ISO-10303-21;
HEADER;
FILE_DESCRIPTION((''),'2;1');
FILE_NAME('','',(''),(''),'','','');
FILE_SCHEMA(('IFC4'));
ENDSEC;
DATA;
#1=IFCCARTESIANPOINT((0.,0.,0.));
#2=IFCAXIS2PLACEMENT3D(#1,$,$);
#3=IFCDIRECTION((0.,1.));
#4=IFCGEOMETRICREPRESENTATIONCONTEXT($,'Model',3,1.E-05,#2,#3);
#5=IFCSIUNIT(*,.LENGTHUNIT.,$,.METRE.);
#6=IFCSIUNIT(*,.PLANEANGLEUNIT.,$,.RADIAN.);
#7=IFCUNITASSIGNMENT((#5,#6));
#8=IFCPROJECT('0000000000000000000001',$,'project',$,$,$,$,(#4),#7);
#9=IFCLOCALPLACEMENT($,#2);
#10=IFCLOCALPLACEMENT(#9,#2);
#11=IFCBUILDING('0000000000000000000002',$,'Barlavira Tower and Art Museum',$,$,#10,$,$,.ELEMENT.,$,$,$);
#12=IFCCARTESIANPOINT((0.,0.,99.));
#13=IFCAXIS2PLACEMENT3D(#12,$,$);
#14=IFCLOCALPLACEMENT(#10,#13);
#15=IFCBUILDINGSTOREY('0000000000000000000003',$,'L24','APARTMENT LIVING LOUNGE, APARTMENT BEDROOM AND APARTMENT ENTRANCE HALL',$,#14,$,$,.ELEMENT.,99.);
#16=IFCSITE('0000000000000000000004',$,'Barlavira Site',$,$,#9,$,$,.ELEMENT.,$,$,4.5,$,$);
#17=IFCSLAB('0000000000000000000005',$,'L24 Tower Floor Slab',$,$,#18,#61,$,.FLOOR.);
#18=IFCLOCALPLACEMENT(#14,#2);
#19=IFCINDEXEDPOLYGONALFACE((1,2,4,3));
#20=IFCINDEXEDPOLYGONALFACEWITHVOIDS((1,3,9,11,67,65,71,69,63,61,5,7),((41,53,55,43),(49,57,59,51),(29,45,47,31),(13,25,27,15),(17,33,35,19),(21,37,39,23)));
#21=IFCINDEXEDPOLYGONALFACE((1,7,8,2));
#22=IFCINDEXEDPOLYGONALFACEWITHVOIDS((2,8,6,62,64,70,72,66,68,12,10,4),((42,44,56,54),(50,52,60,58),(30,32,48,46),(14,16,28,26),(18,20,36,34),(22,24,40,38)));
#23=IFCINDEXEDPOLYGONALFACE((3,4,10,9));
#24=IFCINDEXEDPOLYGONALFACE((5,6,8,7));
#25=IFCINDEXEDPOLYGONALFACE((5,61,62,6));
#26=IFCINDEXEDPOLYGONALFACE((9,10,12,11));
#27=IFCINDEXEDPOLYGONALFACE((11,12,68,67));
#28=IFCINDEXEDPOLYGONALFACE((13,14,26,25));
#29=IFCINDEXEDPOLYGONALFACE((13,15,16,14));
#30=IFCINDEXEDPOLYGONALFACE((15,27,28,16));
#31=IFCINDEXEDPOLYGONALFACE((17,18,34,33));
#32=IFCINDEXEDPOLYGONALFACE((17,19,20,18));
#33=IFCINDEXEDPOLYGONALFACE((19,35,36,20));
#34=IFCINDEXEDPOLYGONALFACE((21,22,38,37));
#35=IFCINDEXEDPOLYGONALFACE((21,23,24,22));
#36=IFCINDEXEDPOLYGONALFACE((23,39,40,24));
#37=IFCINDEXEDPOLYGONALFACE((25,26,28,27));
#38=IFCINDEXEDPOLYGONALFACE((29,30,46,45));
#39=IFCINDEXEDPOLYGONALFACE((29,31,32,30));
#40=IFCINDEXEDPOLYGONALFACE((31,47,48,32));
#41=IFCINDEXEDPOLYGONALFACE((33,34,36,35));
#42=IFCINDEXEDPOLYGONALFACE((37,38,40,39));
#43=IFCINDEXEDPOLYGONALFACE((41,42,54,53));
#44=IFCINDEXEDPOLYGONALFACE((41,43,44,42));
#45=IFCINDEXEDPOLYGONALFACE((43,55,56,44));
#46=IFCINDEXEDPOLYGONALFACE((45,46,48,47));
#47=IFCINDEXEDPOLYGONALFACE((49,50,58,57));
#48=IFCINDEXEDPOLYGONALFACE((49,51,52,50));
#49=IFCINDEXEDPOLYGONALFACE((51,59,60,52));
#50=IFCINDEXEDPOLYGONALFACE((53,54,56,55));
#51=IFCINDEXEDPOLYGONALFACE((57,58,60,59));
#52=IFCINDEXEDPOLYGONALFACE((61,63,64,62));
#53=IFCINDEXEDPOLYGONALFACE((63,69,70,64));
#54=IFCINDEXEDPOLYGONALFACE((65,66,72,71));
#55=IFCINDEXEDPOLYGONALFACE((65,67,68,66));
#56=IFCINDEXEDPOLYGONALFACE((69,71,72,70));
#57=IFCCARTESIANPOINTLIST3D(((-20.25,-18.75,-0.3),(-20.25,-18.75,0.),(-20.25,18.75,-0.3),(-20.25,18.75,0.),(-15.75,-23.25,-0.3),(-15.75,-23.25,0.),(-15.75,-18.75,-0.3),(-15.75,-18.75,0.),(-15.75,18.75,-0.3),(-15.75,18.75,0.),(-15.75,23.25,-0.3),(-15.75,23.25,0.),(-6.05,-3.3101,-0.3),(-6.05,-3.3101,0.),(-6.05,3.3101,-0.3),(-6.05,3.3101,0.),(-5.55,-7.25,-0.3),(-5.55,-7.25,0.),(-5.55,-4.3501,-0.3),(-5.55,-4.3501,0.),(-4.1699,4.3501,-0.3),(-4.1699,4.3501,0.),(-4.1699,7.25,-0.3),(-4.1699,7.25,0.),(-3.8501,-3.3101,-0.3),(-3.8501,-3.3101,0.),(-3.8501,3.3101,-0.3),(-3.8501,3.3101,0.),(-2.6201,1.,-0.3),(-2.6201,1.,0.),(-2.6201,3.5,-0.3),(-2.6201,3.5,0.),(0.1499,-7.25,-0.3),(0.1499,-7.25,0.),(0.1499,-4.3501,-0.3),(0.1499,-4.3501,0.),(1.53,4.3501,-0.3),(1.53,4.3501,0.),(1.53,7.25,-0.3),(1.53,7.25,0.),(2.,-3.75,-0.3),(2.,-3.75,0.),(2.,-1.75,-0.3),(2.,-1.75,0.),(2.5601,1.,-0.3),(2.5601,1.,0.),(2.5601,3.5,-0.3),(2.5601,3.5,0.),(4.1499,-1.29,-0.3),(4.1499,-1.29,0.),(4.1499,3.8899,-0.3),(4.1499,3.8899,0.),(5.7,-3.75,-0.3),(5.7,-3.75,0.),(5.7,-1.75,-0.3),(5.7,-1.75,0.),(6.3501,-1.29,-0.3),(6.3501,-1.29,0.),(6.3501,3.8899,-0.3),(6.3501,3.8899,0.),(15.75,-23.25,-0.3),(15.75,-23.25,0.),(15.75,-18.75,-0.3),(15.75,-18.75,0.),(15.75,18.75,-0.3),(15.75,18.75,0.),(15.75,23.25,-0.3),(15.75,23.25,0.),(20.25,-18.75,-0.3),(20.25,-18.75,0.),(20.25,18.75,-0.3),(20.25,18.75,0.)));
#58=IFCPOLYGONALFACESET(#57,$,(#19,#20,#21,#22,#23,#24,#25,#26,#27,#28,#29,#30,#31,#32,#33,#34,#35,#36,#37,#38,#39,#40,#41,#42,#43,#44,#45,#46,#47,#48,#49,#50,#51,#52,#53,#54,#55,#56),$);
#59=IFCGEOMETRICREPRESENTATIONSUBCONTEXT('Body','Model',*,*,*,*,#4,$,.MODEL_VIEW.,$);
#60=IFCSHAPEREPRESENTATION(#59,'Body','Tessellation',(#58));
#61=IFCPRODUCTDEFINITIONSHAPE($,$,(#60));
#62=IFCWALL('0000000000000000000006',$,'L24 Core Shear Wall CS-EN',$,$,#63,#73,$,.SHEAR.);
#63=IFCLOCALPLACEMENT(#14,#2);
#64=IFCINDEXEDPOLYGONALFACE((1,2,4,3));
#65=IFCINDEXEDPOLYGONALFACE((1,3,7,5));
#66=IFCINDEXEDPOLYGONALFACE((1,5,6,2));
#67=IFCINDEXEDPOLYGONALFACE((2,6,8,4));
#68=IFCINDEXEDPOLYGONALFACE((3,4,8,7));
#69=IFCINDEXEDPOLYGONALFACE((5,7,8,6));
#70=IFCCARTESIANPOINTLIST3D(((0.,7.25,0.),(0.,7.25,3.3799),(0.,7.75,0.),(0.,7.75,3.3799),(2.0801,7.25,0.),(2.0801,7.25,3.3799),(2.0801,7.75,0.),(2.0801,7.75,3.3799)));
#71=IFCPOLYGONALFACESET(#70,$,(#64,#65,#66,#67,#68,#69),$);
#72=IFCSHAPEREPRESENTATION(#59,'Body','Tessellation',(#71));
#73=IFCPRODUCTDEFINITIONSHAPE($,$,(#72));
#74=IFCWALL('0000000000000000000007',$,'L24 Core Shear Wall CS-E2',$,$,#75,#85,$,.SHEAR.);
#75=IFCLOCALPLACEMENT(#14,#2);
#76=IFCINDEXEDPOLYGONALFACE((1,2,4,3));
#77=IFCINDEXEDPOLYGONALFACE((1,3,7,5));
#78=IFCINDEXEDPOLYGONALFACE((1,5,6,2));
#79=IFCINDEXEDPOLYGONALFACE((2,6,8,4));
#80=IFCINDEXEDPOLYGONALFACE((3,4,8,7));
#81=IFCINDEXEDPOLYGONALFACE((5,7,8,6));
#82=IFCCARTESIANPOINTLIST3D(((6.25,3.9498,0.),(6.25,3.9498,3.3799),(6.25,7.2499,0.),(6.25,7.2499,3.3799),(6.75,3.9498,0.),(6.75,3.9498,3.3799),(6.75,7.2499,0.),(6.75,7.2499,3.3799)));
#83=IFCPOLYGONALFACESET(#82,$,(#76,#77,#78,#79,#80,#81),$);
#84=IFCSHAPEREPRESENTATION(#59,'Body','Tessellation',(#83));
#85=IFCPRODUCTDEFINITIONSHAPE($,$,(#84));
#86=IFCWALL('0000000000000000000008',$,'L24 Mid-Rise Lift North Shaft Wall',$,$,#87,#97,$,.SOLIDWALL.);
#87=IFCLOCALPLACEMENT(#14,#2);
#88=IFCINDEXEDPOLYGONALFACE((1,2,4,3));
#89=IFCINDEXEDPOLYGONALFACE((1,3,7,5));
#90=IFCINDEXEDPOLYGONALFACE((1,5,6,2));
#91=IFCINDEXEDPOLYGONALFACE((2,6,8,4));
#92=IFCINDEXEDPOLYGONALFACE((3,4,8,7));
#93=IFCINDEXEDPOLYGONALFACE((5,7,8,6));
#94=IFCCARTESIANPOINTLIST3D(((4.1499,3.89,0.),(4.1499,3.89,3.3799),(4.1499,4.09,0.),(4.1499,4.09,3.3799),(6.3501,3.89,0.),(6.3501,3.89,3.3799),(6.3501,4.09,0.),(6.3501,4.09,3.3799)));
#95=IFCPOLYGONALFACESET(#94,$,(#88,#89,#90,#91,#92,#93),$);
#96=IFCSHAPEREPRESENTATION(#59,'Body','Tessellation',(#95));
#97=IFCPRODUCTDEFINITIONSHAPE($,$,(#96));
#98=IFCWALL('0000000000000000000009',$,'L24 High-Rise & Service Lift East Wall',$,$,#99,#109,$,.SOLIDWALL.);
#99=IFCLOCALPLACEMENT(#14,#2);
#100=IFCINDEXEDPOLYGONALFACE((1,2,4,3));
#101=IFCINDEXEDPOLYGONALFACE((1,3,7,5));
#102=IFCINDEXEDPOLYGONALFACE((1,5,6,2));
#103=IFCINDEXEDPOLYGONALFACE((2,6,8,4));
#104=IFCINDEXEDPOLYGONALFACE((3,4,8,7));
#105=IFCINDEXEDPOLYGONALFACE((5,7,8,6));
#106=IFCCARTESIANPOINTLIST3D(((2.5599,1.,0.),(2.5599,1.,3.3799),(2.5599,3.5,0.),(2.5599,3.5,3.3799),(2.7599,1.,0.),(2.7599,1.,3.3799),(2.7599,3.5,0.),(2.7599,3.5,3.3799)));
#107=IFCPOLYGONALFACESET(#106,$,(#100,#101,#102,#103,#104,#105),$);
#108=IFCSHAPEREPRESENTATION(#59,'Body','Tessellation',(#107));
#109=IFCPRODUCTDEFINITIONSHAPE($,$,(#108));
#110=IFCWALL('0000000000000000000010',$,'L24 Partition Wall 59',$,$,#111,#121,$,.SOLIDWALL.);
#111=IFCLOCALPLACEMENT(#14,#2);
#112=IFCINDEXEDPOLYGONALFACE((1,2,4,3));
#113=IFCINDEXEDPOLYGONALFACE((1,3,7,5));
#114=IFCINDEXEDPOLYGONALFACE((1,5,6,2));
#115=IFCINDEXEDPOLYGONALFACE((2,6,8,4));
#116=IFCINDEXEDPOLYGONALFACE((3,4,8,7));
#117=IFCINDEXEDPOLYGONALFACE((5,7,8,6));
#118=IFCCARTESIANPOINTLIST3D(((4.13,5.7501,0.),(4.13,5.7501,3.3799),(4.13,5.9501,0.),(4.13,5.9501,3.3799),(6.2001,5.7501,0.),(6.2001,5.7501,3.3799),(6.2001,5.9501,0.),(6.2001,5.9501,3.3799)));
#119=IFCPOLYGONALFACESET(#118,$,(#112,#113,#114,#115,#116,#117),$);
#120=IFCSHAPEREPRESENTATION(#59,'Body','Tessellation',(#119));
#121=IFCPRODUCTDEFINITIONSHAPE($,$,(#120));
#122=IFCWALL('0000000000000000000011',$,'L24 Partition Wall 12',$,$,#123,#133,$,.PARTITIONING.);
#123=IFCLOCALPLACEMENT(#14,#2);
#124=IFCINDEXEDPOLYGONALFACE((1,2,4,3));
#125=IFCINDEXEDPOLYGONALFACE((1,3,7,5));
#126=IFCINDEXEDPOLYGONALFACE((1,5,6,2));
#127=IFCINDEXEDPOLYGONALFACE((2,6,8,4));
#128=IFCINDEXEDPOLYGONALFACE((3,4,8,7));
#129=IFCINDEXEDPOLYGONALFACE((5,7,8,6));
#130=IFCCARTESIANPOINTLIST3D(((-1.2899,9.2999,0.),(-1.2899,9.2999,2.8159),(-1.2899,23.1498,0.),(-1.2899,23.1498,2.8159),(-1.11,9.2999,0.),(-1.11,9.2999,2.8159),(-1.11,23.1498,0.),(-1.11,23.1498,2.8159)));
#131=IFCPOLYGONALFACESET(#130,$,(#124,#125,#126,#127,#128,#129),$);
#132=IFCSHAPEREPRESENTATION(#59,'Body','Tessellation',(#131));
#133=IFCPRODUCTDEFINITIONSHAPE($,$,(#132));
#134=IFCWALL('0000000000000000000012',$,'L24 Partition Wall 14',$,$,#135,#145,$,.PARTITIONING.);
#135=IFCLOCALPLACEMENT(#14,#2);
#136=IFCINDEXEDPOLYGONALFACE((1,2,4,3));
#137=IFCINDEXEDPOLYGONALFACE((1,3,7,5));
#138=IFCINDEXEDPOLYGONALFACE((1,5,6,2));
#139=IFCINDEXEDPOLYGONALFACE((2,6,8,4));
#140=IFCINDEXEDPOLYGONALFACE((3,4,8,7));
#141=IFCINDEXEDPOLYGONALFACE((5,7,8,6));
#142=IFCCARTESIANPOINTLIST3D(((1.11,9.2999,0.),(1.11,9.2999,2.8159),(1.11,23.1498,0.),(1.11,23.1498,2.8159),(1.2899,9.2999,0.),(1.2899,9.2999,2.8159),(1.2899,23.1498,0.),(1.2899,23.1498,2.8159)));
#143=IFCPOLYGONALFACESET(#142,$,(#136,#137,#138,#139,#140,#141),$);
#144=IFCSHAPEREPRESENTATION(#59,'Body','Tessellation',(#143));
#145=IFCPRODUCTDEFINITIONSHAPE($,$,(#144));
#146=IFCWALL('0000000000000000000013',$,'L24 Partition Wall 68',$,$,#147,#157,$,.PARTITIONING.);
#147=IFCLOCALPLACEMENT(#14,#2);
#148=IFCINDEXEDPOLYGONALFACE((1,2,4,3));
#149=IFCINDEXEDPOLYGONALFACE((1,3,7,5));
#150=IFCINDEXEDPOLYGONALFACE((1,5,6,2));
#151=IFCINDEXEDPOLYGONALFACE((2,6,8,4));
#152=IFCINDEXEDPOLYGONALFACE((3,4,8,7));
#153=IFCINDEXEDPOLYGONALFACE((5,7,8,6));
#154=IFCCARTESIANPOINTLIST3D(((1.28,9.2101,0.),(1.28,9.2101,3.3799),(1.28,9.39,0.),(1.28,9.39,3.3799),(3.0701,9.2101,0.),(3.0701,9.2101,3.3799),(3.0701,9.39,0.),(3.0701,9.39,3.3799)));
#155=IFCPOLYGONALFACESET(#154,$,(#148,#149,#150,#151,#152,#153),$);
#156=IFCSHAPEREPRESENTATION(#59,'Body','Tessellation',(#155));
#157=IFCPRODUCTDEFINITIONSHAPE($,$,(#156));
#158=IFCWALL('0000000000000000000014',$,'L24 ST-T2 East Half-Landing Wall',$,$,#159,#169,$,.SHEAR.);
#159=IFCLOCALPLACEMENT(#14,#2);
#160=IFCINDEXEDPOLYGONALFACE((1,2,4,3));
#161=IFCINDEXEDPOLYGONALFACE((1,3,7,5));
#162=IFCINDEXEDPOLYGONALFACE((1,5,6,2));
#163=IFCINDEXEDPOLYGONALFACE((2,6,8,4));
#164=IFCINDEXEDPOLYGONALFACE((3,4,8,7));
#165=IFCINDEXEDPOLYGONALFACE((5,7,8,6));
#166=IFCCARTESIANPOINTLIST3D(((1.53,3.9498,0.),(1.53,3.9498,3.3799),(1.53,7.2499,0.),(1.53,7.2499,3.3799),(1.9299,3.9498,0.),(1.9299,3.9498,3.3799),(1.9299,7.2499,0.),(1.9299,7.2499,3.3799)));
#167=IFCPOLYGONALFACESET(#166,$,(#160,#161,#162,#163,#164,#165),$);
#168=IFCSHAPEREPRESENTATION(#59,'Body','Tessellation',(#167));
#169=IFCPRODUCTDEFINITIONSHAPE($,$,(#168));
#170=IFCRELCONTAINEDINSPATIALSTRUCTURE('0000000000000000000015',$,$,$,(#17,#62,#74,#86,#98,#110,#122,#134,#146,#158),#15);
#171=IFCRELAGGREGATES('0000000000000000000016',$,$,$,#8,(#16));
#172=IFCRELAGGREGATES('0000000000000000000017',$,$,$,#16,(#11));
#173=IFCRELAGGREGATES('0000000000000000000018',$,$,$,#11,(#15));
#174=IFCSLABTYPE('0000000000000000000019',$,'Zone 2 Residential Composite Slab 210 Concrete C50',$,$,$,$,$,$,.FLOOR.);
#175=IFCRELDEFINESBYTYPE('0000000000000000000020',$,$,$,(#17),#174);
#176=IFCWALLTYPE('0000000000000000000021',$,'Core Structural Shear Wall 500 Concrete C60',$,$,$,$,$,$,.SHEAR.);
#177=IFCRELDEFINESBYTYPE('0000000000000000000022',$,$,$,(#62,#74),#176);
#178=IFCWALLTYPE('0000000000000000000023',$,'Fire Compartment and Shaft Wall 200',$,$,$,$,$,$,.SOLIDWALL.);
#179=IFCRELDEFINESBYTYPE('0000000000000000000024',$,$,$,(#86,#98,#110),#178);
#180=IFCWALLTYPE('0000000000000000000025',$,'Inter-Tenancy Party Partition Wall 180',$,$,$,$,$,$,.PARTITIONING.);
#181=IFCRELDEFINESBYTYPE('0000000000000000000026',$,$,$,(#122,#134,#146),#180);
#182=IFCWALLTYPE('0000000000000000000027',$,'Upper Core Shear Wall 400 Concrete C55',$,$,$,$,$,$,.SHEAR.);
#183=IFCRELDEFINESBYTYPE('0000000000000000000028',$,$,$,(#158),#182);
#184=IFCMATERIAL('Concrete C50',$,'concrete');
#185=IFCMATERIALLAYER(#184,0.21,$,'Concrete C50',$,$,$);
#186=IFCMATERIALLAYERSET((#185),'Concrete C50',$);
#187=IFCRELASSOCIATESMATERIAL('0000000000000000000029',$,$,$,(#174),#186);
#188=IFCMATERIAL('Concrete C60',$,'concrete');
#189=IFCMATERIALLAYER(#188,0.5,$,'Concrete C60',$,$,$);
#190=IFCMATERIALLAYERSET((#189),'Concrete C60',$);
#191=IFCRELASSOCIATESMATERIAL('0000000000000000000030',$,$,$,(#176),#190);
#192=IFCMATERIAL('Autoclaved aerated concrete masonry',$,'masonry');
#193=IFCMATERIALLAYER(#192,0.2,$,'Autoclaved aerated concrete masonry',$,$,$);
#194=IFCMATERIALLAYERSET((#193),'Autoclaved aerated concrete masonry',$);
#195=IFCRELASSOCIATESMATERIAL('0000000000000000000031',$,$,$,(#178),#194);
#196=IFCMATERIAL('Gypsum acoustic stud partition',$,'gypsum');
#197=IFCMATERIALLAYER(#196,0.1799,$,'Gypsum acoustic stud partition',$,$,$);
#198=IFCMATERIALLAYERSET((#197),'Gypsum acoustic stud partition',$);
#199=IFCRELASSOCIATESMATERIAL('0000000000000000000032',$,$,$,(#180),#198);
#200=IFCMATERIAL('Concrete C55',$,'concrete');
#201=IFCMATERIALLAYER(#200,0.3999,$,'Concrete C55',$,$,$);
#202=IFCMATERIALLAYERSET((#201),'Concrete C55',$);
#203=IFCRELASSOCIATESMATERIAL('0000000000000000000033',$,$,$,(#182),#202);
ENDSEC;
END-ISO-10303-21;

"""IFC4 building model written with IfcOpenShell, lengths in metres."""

from ifc_helpers import new_model, si_unit, direction, frame, frame_2d, origin, place, context, subcontext, project, spatial, polyline, rectangle, outline, extrude, material, layer, layer_set, type_object, element, save


model = new_model("IFC4")

# Units and contexts
model_context = context("Model", 3, precision=1e-05, world=origin(), true_north=direction((0.0, 1.0)))
body_context = subcontext(model_context, "Body", "Model", "MODEL_VIEW")
ifc_project = project(units=[si_unit("LENGTHUNIT", "METRE"), si_unit("PLANEANGLEUNIT", "RADIAN")], contexts=[model_context])

# Site, building, storey
site_placement = place(None, origin())
site = spatial("IfcSite", under=ifc_project, at=site_placement, Name="Barlavira Site", CompositionType="ELEMENT", RefElevation=4.5)
building_placement = place(site_placement, origin())
building = spatial("IfcBuilding", under=site, at=building_placement, Name="Barlavira Tower and Art Museum", CompositionType="ELEMENT")
storey_placement = place(building_placement, frame((0.0, 0.0, 99.0)))
storey = spatial("IfcBuildingStorey", under=building, at=storey_placement, Name="L24", Description="APARTMENT LIVING LOUNGE, APARTMENT BEDROOM AND APARTMENT ENTRANCE HALL", CompositionType="ELEMENT", Elevation=99.0)

# Shared definitions
ifc_material_1 = material(Name="Concrete C50", Category="concrete")

# Slab
ifc_layer_1 = layer(ifc_material_1, 0.21, Name="Concrete C50")
ifc_layer_set_1 = layer_set([ifc_layer_1], Name="Concrete C50")
slab_type_1 = type_object("IfcSlabType", Name="Zone 2 Residential Composite Slab 210 Concrete C50", PredefinedType="FLOOR", material=ifc_layer_set_1)
slab_1_placement = place(storey_placement, frame((0.0, 0.0, -0.3)))
element("IfcSlab", 1, at=slab_1_placement, inside=storey, type_object=slab_type_1, Name="L24 Tower Floor Slab", PredefinedType="FLOOR", context=body_context, shape_type="SweptSolid", body=[
    extrude(outline(polyline([(-15.75, -23.25), (15.75, -23.25), (15.75, -18.75), (20.25, -18.75), (20.25, 18.75), (15.75, 18.75), (15.75, 23.25), (-15.75, 23.25), (-15.75, 18.75), (-20.25, 18.75), (-20.25, -18.75), (-15.75, -18.75), (-15.75, -23.25)]), holes=[polyline([(0.1499, -4.3501), (-5.55, -4.3501), (-5.55, -7.25), (0.1499, -7.25), (0.1499, -4.3501)]), polyline([(-4.1699, 4.3501), (1.53, 4.3501), (1.53, 7.25), (-4.1699, 7.25), (-4.1699, 4.3501)]), polyline([(-6.05, -3.3101), (-3.8501, -3.3101), (-3.8501, 3.3101), (-6.05, 3.3101), (-6.05, -3.3101)]), polyline([(4.1499, -1.29), (6.3501, -1.29), (6.3501, 3.8899), (4.1499, 3.8899), (4.1499, -1.29)]), polyline([(-2.6201, 1.0), (2.5601, 1.0), (2.5601, 3.5), (-2.6201, 3.5), (-2.6201, 1.0)]), polyline([(2.0, -3.75), (5.7, -3.75), (5.7, -1.75), (2.0, -1.75), (2.0, -3.75)])]), origin(), (0.0, 0.0, 1.0), 0.3),
])

# Walls
ifc_material_2 = material(Name="Concrete C60", Category="concrete")
ifc_layer_2 = layer(ifc_material_2, 0.5, Name="Concrete C60")
ifc_layer_set_2 = layer_set([ifc_layer_2], Name="Concrete C60")
wall_type_1 = type_object("IfcWallType", Name="Core Structural Shear Wall 500 Concrete C60", PredefinedType="SHEAR", material=ifc_layer_set_2)
wall_1_placement = place(storey_placement, frame((0.0, 7.5, 0.0), z_axis=(0.0, 0.0, 1.0), x_axis=(1.0, 0.0, 0.0)))
element("IfcWall", 2, at=wall_1_placement, inside=storey, type_object=wall_type_1, Name="L24 Core Shear Wall CS-EN", PredefinedType="SHEAR", context=body_context, shape_type="SweptSolid", body=[
    extrude(rectangle(XDim=2.0801, YDim=0.5, at=frame_2d((1.04, 0.0))), origin(), (0.0, 0.0, 1.0), 3.3799),
])
wall_2_placement = place(storey_placement, frame((6.5, 3.95, 0.0), z_axis=(0.0, 0.0, 1.0), x_axis=(0.0, 1.0, 0.0)))
element("IfcWall", 3, at=wall_2_placement, inside=storey, type_object=wall_type_1, Name="L24 Core Shear Wall CS-E2", PredefinedType="SHEAR", context=body_context, shape_type="SweptSolid", body=[
    extrude(rectangle(XDim=3.3, YDim=0.5, at=frame_2d((1.6499, 0.0))), origin(), (0.0, 0.0, 1.0), 3.3799),
])
ifc_material_3 = material(Name="Autoclaved aerated concrete masonry", Category="masonry")
ifc_layer_3 = layer(ifc_material_3, 0.2, Name="Autoclaved aerated concrete masonry")
ifc_layer_set_3 = layer_set([ifc_layer_3], Name="Autoclaved aerated concrete masonry")
wall_type_2 = type_object("IfcWallType", Name="Fire Compartment and Shaft Wall 200", PredefinedType="SOLIDWALL", material=ifc_layer_set_3)
wall_3_placement = place(storey_placement, frame((4.1499, 3.99, 0.0), z_axis=(0.0, 0.0, 1.0), x_axis=(1.0, 0.0, 0.0)))
element("IfcWall", 4, at=wall_3_placement, inside=storey, type_object=wall_type_2, Name="L24 Mid-Rise Lift North Shaft Wall", PredefinedType="SOLIDWALL", context=body_context, shape_type="SweptSolid", body=[
    extrude(rectangle(XDim=2.2002, YDim=0.2, at=frame_2d((1.1001, 0.0))), origin(), (0.0, 0.0, 1.0), 3.3799),
])
wall_4_placement = place(storey_placement, frame((2.6599, 1.0, 0.0), z_axis=(0.0, 0.0, 1.0), x_axis=(0.0, 1.0, 0.0)))
element("IfcWall", 5, at=wall_4_placement, inside=storey, type_object=wall_type_2, Name="L24 High-Rise & Service Lift East Wall", PredefinedType="SOLIDWALL", context=body_context, shape_type="SweptSolid", body=[
    extrude(rectangle(XDim=2.5, YDim=0.2, at=frame_2d((1.25, 0.0))), origin(), (0.0, 0.0, 1.0), 3.3799),
])

# Walls
wall_5_placement = place(storey_placement, frame((4.1299, 5.8501, 0.0), z_axis=(0.0, 0.0, 1.0), x_axis=(1.0, 0.0, 0.0)))
element("IfcWall", 6, at=wall_5_placement, inside=storey, type_object=wall_type_2, Name="L24 Partition Wall 59", PredefinedType="SOLIDWALL", context=body_context, shape_type="SweptSolid", body=[
    extrude(rectangle(XDim=2.0701, YDim=0.2, at=frame_2d((1.0352, 0.0))), origin(), (0.0, 0.0, 1.0), 3.3799),
])
ifc_material_4 = material(Name="Gypsum acoustic stud partition", Category="gypsum")
ifc_layer_4 = layer(ifc_material_4, 0.1799, Name="Gypsum acoustic stud partition")
ifc_layer_set_4 = layer_set([ifc_layer_4], Name="Gypsum acoustic stud partition")
wall_type_3 = type_object("IfcWallType", Name="Inter-Tenancy Party Partition Wall 180", PredefinedType="PARTITIONING", material=ifc_layer_set_4)
for number, where, z_axis, x_axis, name in (
    (7, (-1.2, 9.3, 0.0), (0.0, 0.0, 1.0), (0.0, 1.0, 0.0), "L24 Partition Wall 12"),
    (8, (1.2, 9.3, 0.0), (0.0, 0.0, 1.0), (0.0, 1.0, 0.0), "L24 Partition Wall 14"),
):
    element("IfcWall", number, at=place(storey_placement, frame(where, z_axis=z_axis, x_axis=x_axis)), inside=storey, type_object=wall_type_3, Name=name, PredefinedType="PARTITIONING", context=body_context, shape_type="SweptSolid", body=[
        extrude(rectangle(XDim=13.8499, YDim=0.1799, at=frame_2d((6.9248, 0.0))), origin(), (0.0, 0.0, 1.0), 2.8159),
    ])
wall_6_placement = place(storey_placement, frame((1.28, 9.3, 0.0), z_axis=(0.0, 0.0, 1.0), x_axis=(1.0, 0.0, 0.0)))
element("IfcWall", 9, at=wall_6_placement, inside=storey, type_object=wall_type_3, Name="L24 Partition Wall 68", PredefinedType="PARTITIONING", context=body_context, shape_type="SweptSolid", body=[
    extrude(rectangle(XDim=1.79, YDim=0.1799, at=frame_2d((0.895, 0.0))), origin(), (0.0, 0.0, 1.0), 3.3799),
])
ifc_material_5 = material(Name="Concrete C55", Category="concrete")
ifc_layer_5 = layer(ifc_material_5, 0.3999, Name="Concrete C55")
ifc_layer_set_5 = layer_set([ifc_layer_5], Name="Concrete C55")
wall_type_4 = type_object("IfcWallType", Name="Upper Core Shear Wall 400 Concrete C55", PredefinedType="SHEAR", material=ifc_layer_set_5)
wall_7_placement = place(storey_placement, frame((1.73, 3.95, 0.0), z_axis=(0.0, 0.0, 1.0), x_axis=(0.0, 1.0, 0.0)))
element("IfcWall", 10, at=wall_7_placement, inside=storey, type_object=wall_type_4, Name="L24 ST-T2 East Half-Landing Wall", PredefinedType="SHEAR", context=body_context, shape_type="SweptSolid", body=[
    extrude(rectangle(XDim=3.3, YDim=0.3999, at=frame_2d((1.6499, 0.0))), origin(), (0.0, 0.0, 1.0), 3.3799),
])

save(model, "model.ifc")
